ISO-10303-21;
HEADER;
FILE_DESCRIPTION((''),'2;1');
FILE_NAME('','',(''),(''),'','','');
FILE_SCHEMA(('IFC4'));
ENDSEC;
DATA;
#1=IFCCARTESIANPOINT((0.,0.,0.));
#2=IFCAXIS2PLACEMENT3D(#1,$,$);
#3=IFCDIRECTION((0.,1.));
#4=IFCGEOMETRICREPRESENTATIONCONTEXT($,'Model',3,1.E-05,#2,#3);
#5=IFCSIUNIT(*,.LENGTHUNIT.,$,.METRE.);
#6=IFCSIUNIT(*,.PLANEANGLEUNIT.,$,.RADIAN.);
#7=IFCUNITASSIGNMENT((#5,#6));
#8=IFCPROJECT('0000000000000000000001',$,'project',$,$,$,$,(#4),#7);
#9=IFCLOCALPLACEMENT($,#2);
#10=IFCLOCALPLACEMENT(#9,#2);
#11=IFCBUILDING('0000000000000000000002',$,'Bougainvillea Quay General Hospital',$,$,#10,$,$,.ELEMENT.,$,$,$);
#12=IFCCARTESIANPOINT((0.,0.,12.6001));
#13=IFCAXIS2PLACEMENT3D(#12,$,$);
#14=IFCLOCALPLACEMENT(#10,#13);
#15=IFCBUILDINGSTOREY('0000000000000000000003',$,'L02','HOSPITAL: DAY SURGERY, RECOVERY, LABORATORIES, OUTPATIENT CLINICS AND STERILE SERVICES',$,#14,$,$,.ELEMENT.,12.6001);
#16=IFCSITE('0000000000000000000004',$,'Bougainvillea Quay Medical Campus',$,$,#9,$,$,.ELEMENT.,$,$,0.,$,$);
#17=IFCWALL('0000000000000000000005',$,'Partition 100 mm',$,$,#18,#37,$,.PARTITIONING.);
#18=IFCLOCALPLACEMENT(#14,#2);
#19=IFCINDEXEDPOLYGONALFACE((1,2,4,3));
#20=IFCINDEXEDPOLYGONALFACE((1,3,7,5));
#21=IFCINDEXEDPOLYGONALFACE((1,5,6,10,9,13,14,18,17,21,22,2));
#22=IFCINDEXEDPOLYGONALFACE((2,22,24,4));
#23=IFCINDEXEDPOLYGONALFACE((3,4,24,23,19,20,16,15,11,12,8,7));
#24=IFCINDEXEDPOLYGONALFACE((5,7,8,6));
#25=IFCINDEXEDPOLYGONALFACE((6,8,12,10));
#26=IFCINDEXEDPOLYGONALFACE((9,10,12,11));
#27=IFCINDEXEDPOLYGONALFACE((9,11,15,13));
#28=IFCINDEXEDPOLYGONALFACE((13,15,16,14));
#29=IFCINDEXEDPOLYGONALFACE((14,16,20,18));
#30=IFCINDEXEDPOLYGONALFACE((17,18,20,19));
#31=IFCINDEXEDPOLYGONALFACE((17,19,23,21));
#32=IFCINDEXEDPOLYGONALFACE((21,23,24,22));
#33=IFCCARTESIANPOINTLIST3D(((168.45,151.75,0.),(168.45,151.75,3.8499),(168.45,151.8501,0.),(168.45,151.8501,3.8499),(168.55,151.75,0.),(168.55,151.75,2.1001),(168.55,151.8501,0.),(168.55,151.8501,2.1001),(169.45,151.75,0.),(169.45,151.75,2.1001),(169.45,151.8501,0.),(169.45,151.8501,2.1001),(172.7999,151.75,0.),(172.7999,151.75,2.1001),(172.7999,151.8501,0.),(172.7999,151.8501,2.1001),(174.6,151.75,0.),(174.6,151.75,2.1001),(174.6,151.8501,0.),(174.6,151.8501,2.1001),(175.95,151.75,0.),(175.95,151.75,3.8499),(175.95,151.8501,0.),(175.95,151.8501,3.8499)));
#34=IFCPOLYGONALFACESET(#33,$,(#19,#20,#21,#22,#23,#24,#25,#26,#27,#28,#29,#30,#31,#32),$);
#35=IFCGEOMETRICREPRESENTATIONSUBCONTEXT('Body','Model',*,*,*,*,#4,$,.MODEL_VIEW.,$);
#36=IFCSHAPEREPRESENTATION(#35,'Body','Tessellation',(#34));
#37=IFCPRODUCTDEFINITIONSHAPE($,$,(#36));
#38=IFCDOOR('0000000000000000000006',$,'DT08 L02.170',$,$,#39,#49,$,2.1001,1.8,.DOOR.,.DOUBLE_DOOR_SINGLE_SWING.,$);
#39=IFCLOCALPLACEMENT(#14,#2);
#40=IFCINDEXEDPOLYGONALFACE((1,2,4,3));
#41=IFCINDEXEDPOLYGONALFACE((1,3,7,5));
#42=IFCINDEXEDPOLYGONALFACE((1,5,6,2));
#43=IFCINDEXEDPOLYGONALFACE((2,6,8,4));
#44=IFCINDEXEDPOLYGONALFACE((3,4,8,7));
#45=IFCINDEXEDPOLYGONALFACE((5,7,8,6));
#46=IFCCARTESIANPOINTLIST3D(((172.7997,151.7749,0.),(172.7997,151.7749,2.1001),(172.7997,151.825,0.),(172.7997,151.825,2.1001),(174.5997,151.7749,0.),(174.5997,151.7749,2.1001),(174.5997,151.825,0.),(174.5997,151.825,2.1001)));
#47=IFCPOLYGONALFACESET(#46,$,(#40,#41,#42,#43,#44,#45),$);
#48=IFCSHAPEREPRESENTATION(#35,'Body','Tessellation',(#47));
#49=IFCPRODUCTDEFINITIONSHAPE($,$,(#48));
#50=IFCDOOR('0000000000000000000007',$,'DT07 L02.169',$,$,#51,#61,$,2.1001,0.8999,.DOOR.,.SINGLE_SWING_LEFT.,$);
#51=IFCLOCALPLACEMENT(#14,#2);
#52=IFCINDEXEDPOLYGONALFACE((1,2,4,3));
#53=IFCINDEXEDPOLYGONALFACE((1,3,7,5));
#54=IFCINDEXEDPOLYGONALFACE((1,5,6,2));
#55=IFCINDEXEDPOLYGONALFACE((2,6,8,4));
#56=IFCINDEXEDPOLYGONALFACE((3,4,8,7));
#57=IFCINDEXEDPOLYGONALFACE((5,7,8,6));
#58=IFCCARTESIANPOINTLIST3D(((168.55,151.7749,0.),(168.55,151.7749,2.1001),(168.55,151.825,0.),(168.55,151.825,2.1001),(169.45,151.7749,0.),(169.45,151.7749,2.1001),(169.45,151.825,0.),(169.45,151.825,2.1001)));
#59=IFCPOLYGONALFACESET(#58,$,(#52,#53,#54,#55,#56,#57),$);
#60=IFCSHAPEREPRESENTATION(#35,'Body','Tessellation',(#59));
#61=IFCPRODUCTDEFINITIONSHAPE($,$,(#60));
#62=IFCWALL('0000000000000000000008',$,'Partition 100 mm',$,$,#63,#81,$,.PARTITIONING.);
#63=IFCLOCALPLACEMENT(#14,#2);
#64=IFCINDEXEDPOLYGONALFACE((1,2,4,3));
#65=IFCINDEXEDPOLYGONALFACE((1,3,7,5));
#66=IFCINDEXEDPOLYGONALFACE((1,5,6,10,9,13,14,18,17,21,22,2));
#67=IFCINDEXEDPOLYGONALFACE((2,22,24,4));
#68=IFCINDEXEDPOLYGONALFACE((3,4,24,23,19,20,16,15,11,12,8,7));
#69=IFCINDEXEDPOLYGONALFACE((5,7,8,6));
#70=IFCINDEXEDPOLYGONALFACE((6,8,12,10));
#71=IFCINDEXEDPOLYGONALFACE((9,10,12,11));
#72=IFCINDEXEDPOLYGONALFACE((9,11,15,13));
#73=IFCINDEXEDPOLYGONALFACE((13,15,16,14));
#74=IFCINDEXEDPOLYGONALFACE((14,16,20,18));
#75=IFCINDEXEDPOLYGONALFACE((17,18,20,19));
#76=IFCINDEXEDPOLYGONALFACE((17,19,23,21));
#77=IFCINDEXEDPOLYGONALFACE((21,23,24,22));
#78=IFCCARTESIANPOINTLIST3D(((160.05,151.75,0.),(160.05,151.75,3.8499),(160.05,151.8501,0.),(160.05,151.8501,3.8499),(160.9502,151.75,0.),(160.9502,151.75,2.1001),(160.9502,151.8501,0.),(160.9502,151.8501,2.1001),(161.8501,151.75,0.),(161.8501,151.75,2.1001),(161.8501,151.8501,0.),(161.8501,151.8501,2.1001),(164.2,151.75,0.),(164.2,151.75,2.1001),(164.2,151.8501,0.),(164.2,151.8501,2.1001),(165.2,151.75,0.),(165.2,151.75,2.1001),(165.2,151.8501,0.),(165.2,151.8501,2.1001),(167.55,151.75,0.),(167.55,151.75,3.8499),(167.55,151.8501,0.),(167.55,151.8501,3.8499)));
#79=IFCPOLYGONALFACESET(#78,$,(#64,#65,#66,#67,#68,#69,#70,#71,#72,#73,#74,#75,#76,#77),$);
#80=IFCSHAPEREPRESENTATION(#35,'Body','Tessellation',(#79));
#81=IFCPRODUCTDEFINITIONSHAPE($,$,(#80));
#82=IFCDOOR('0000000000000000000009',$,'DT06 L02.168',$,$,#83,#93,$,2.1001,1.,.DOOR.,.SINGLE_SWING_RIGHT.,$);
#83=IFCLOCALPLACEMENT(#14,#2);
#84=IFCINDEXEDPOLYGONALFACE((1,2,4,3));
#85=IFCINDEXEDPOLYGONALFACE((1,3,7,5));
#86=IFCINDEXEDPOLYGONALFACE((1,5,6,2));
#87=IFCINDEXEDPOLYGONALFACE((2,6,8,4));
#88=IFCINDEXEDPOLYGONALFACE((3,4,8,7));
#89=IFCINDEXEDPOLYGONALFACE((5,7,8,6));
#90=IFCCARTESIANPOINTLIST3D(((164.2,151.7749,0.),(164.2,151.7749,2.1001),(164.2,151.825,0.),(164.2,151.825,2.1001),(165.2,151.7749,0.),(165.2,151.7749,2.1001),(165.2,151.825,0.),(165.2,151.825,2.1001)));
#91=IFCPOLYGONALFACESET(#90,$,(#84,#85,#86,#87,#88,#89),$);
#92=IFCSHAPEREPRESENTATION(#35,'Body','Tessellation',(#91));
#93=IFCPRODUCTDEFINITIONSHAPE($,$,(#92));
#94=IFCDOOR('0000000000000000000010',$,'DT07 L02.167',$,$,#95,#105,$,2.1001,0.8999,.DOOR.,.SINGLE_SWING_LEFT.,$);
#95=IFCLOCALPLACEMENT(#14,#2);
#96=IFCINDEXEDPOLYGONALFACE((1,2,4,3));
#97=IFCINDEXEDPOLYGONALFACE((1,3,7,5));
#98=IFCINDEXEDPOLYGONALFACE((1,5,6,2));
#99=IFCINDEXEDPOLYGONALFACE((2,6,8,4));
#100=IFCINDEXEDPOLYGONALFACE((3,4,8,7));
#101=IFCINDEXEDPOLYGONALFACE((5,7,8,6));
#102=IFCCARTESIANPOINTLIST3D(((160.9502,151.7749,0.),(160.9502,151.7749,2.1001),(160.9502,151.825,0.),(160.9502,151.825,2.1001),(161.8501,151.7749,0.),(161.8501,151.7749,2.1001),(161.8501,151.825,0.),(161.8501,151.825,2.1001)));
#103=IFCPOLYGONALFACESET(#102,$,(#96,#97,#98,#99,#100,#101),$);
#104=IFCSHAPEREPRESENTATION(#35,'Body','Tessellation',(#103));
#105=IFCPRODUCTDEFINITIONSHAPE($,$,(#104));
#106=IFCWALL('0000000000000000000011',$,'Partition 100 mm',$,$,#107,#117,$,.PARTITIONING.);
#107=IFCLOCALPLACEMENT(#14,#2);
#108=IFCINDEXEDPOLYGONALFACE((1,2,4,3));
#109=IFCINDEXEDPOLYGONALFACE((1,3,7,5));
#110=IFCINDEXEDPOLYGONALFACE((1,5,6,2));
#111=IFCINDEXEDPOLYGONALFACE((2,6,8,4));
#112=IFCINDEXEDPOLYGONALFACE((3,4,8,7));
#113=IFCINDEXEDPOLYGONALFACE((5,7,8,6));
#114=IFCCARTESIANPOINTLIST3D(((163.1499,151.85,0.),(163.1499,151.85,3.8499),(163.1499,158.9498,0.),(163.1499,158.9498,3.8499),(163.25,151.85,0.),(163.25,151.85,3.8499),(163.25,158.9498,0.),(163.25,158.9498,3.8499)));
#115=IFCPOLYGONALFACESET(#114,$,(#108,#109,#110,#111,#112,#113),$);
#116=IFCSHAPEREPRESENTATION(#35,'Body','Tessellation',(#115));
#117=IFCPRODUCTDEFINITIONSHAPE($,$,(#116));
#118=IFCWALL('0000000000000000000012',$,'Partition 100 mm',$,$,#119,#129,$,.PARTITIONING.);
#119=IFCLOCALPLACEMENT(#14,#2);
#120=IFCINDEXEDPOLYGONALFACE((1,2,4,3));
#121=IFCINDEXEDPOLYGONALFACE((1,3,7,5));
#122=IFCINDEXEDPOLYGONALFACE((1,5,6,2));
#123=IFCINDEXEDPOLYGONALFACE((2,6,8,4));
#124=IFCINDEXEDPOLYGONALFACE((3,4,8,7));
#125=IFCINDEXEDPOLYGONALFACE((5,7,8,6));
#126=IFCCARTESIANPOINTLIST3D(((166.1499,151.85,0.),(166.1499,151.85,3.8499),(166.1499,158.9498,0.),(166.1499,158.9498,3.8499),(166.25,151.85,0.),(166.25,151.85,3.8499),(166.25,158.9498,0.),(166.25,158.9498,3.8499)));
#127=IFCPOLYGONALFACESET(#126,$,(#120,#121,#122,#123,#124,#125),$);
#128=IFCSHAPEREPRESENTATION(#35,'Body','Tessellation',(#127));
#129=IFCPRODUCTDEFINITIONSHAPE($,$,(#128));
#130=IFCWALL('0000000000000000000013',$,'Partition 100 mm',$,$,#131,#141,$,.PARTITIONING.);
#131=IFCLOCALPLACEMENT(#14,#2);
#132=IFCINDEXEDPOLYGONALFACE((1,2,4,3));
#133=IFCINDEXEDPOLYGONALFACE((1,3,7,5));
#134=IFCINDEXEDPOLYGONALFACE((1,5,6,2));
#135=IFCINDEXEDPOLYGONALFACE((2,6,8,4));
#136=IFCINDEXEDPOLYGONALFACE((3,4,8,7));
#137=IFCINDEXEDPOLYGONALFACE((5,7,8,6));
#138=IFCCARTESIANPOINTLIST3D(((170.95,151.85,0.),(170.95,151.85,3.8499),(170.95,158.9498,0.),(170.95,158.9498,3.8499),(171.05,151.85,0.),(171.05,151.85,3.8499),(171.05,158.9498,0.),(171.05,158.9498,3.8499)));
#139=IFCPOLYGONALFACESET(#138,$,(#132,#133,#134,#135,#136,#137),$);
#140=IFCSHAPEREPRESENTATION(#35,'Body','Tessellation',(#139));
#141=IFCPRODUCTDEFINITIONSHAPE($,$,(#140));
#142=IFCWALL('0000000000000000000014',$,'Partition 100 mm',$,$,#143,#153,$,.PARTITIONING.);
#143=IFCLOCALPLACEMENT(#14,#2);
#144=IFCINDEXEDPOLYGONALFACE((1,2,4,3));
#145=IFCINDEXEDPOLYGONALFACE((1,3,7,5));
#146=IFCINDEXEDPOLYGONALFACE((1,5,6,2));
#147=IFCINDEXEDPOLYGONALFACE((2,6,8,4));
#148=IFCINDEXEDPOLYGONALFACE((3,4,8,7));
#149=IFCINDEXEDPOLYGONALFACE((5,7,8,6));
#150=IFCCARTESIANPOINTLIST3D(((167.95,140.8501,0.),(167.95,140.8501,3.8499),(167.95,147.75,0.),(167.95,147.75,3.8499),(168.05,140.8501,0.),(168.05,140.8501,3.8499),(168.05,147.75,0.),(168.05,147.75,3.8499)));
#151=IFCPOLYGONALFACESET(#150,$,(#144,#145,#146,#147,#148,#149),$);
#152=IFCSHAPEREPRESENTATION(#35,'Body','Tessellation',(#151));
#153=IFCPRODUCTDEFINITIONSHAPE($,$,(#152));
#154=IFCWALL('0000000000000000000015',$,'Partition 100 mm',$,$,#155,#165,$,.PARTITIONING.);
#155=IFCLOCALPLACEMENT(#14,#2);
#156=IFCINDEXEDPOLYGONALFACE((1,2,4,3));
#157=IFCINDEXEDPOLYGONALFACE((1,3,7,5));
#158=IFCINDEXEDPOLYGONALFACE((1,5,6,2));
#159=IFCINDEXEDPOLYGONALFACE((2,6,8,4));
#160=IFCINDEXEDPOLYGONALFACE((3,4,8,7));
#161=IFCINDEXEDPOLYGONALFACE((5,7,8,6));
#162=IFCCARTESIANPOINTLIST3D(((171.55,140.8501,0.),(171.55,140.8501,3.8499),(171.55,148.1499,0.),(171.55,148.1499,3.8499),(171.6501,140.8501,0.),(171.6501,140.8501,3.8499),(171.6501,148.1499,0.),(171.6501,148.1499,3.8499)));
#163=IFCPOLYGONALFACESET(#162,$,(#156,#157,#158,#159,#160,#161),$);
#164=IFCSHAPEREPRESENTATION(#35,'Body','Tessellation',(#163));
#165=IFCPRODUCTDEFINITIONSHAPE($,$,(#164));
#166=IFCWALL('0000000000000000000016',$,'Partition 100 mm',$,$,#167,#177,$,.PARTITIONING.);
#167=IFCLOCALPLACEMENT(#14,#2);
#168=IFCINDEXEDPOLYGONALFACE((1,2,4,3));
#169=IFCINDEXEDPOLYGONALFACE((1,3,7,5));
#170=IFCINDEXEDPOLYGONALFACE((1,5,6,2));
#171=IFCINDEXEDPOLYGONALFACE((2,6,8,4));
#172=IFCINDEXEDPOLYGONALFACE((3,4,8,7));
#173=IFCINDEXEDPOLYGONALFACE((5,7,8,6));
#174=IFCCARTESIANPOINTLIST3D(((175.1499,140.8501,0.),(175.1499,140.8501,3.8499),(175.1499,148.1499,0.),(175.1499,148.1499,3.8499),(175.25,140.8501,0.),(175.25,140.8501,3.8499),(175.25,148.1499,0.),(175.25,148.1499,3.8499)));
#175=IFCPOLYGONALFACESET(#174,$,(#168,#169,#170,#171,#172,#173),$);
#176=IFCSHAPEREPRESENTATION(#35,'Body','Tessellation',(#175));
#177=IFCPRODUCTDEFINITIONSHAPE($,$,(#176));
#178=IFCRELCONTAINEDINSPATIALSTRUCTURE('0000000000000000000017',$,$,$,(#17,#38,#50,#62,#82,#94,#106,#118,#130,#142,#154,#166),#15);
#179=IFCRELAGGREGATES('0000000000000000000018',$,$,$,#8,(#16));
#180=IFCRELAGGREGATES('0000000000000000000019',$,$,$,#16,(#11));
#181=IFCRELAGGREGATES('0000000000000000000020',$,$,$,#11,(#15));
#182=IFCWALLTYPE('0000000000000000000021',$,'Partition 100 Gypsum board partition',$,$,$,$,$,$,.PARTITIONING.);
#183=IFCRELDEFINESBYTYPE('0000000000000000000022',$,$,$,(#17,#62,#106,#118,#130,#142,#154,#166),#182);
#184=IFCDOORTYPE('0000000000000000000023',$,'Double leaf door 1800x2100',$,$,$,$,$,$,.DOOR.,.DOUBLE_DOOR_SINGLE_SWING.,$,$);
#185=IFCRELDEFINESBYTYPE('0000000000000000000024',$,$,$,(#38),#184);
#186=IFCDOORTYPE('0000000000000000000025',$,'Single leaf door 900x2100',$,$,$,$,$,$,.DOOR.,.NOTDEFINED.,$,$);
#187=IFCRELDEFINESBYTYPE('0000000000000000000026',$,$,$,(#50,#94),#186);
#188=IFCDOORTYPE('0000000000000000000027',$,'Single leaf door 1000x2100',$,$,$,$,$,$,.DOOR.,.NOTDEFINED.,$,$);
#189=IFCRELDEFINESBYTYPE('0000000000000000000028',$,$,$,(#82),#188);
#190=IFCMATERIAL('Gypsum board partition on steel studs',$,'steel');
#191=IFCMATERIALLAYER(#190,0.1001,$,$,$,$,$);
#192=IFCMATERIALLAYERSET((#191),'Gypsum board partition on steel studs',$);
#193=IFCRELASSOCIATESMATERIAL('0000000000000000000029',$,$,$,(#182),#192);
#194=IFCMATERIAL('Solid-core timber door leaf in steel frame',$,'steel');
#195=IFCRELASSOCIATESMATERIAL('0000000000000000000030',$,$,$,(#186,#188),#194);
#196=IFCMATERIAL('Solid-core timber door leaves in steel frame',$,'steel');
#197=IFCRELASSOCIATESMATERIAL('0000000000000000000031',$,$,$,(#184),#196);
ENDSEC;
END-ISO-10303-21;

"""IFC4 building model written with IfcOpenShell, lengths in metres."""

from ifc_helpers import new_model, si_unit, direction, frame, frame_2d, origin, place, context, subcontext, project, spatial, rectangle, extrude, material, layer, layer_set, type_object, element, fill, save


model = new_model("IFC4")

# Units and contexts
model_context = context("Model", 3, precision=1e-05, world=origin(), true_north=direction((0.0, 1.0)))
body_context = subcontext(model_context, "Body", "Model", "MODEL_VIEW")
ifc_project = project(units=[si_unit("LENGTHUNIT", "METRE"), si_unit("PLANEANGLEUNIT", "RADIAN")], contexts=[model_context])

# Site, building, storey
site_placement = place(None, origin())
site = spatial("IfcSite", under=ifc_project, at=site_placement, Name="Bougainvillea Quay Medical Campus", CompositionType="ELEMENT", RefElevation=0.0)
building_placement = place(site_placement, origin())
building = spatial("IfcBuilding", under=site, at=building_placement, Name="Bougainvillea Quay General Hospital", CompositionType="ELEMENT")
storey_placement = place(building_placement, frame((0.0, 0.0, 12.6001)))
storey = spatial("IfcBuildingStorey", under=building, at=storey_placement, Name="L02", Description="HOSPITAL: DAY SURGERY, RECOVERY, LABORATORIES, OUTPATIENT CLINICS AND STERILE SERVICES", CompositionType="ELEMENT", Elevation=12.6001)

# Shared definitions
ifc_material_1 = material(Name="Gypsum board partition on steel studs", Category="steel")
ifc_layer_1 = layer(ifc_material_1, 0.1001)
ifc_layer_set_1 = layer_set([ifc_layer_1], Name="Gypsum board partition on steel studs")
wall_type_1 = type_object("IfcWallType", Name="Partition 100 Gypsum board partition", PredefinedType="PARTITIONING", material=ifc_layer_set_1)
ifc_material_2 = material(Name="Solid-core timber door leaf in steel frame", Category="steel")
door_type_1 = type_object("IfcDoorType", Name="Single leaf door 900x2100", OperationType="NOTDEFINED", PredefinedType="DOOR", material=ifc_material_2)

# Shared definitions
ifc_material_3 = material(Name="Solid-core timber door leaves in steel frame", Category="steel")
door_type_2 = type_object("IfcDoorType", Name="Double leaf door 1800x2100", OperationType="DOUBLE_DOOR_SINGLE_SWING", PredefinedType="DOOR", material=ifc_material_3)

# Walls, openings, doors
wall_1_placement = place(storey_placement, frame((175.95, 151.8, 0.0), z_axis=(0.0, 0.0, 1.0), x_axis=(-1.0, 0.0, 0.0)))
wall_1 = element("IfcWall", 1, at=wall_1_placement, inside=storey, type_object=wall_type_1, Name="Partition 100 mm", PredefinedType="PARTITIONING", context=body_context, shape_type="SweptSolid", body=[
    extrude(rectangle(XDim=7.5, YDim=0.1001, at=frame_2d((3.75, 0.0))), origin(), (0.0, 0.0, 1.0), 3.8499),
])
opening_1_placement = place(wall_1_placement, frame((6.5, 0.0, 0.0)))
opening_1 = element("IfcOpeningElement", 2, at=opening_1_placement, cuts=wall_1, PredefinedType="OPENING", context=body_context, shape_type="SweptSolid", body=[
    extrude(rectangle(XDim=0.8999, YDim=2.1001, at=frame_2d((0.45, 1.05))), frame((0.0, 0.0601, 0.0), z_axis=(0.0, -1.0, 0.0), x_axis=(1.0, 0.0, 0.0)), (0.0, 0.0, 1.0), 0.1201),
])
opening_2_placement = place(wall_1_placement, frame((1.3501, 0.0, 0.0)))
opening_2 = element("IfcOpeningElement", 3, at=opening_2_placement, cuts=wall_1, PredefinedType="OPENING", context=body_context, shape_type="SweptSolid", body=[
    extrude(rectangle(XDim=1.8, YDim=2.1001, at=frame_2d((0.8999, 1.05))), frame((0.0, 0.0601, 0.0), z_axis=(0.0, -1.0, 0.0), x_axis=(1.0, 0.0, 0.0)), (0.0, 0.0, 1.0), 0.1201),
])
door_1_placement = place(opening_2_placement, frame((1.8, 0.0, 0.0), z_axis=(0.0, 0.0, 1.0), x_axis=(-1.0, 0.0, 0.0)))
door_1 = element("IfcDoor", 4, at=door_1_placement, inside=storey, type_object=door_type_2, Name="DT08 L02.170", OperationType="DOUBLE_DOOR_SINGLE_SWING", OverallHeight=2.1001, OverallWidth=1.8, PredefinedType="DOOR", context=body_context, shape_type="SweptSolid", body=[
    extrude(rectangle(XDim=1.8, YDim=2.1001, at=frame_2d((0.8999, 1.05))), frame((0.0, 0.0249, 0.0), z_axis=(0.0, -1.0, 0.0), x_axis=(1.0, 0.0, 0.0)), (0.0, 0.0, 1.0), 0.05),
])
fill(opening_2, door_1)
door_2_placement = place(opening_1_placement, frame((0.8999, 0.0, 0.0), z_axis=(0.0, 0.0, 1.0), x_axis=(-1.0, 0.0, 0.0)))
door_2 = element("IfcDoor", 5, at=door_2_placement, inside=storey, type_object=door_type_1, Name="DT07 L02.169", OperationType="SINGLE_SWING_LEFT", OverallHeight=2.1001, OverallWidth=0.8999, PredefinedType="DOOR", context=body_context, shape_type="SweptSolid", body=[
    extrude(rectangle(XDim=0.8999, YDim=2.1001, at=frame_2d((0.45, 1.05))), frame((0.0, 0.0249, 0.0), z_axis=(0.0, -1.0, 0.0), x_axis=(1.0, 0.0, 0.0)), (0.0, 0.0, 1.0), 0.05),
])
fill(opening_1, door_2)
wall_2_placement = place(storey_placement, frame((167.55, 151.8, 0.0), z_axis=(0.0, 0.0, 1.0), x_axis=(-1.0, 0.0, 0.0)))
wall_2 = element("IfcWall", 6, at=wall_2_placement, inside=storey, type_object=wall_type_1, Name="Partition 100 mm", PredefinedType="PARTITIONING", context=body_context, shape_type="SweptSolid", body=[
    extrude(rectangle(XDim=7.5, YDim=0.1001, at=frame_2d((3.75, 0.0))), origin(), (0.0, 0.0, 1.0), 3.8499),
])
opening_3_placement = place(wall_2_placement, frame((5.7, 0.0, 0.0)))
opening_3 = element("IfcOpeningElement", 7, at=opening_3_placement, cuts=wall_2, PredefinedType="OPENING", context=body_context, shape_type="SweptSolid", body=[
    extrude(rectangle(XDim=0.8999, YDim=2.1001, at=frame_2d((0.45, 1.05))), frame((0.0, 0.0601, 0.0), z_axis=(0.0, -1.0, 0.0), x_axis=(1.0, 0.0, 0.0)), (0.0, 0.0, 1.0), 0.1201),
])
opening_4_placement = place(wall_2_placement, frame((2.3501, 0.0, 0.0)))
opening_4 = element("IfcOpeningElement", 8, at=opening_4_placement, cuts=wall_2, PredefinedType="OPENING", context=body_context, shape_type="SweptSolid", body=[
    extrude(rectangle(XDim=1.0, YDim=2.1001, at=frame_2d((0.5, 1.05))), frame((0.0, 0.0601, 0.0), z_axis=(0.0, -1.0, 0.0), x_axis=(1.0, 0.0, 0.0)), (0.0, 0.0, 1.0), 0.1201),
])
door_type_3 = type_object("IfcDoorType", Name="Single leaf door 1000x2100", OperationType="NOTDEFINED", PredefinedType="DOOR", material=ifc_material_2)
door_3_placement = place(opening_4_placement, frame((1.0, 0.0, 0.0), z_axis=(0.0, 0.0, 1.0), x_axis=(-1.0, 0.0, 0.0)))
door_3 = element("IfcDoor", 9, at=door_3_placement, inside=storey, type_object=door_type_3, Name="DT06 L02.168", OperationType="SINGLE_SWING_RIGHT", OverallHeight=2.1001, OverallWidth=1.0, PredefinedType="DOOR", context=body_context, shape_type="SweptSolid", body=[
    extrude(rectangle(XDim=1.0, YDim=2.1001, at=frame_2d((0.5, 1.05))), frame((0.0, 0.0249, 0.0), z_axis=(0.0, -1.0, 0.0), x_axis=(1.0, 0.0, 0.0)), (0.0, 0.0, 1.0), 0.05),
])
fill(opening_4, door_3)
door_4_placement = place(opening_3_placement, frame((0.8999, 0.0, 0.0), z_axis=(0.0, 0.0, 1.0), x_axis=(-1.0, 0.0, 0.0)))
door_4 = element("IfcDoor", 10, at=door_4_placement, inside=storey, type_object=door_type_1, Name="DT07 L02.167", OperationType="SINGLE_SWING_LEFT", OverallHeight=2.1001, OverallWidth=0.8999, PredefinedType="DOOR", context=body_context, shape_type="SweptSolid", body=[
    extrude(rectangle(XDim=0.8999, YDim=2.1001, at=frame_2d((0.45, 1.05))), frame((0.0, 0.0249, 0.0), z_axis=(0.0, -1.0, 0.0), x_axis=(1.0, 0.0, 0.0)), (0.0, 0.0, 1.0), 0.05),
])
fill(opening_3, door_4)

# Walls
for number, where, z_axis, x_axis, name in (
    (11, (163.2, 151.8501, 0.0), (0.0, 0.0, 1.0), (0.0, 1.0, 0.0), "Partition 100 mm"),
    (12, (166.2, 151.8501, 0.0), (0.0, 0.0, 1.0), (0.0, 1.0, 0.0), "Partition 100 mm"),
    (13, (171.0, 151.8501, 0.0), (0.0, 0.0, 1.0), (0.0, 1.0, 0.0), "Partition 100 mm"),
):
    element("IfcWall", number, at=place(storey_placement, frame(where, z_axis=z_axis, x_axis=x_axis)), inside=storey, type_object=wall_type_1, Name=name, PredefinedType="PARTITIONING", context=body_context, shape_type="SweptSolid", body=[
        extrude(rectangle(XDim=7.0999, YDim=0.1001, at=frame_2d((3.5498, 0.0))), origin(), (0.0, 0.0, 1.0), 3.8499),
    ])
wall_3_placement = place(storey_placement, frame((168.0, 140.8501, 0.0), z_axis=(0.0, 0.0, 1.0), x_axis=(0.0, 1.0, 0.0)))
element("IfcWall", 14, at=wall_3_placement, inside=storey, type_object=wall_type_1, Name="Partition 100 mm", PredefinedType="PARTITIONING", context=body_context, shape_type="SweptSolid", body=[
    extrude(rectangle(XDim=6.8999, YDim=0.1001, at=frame_2d((3.45, 0.0))), origin(), (0.0, 0.0, 1.0), 3.8499),
])
for number, where, z_axis, x_axis, name in (
    (15, (171.6001, 140.8501, 0.0), (0.0, 0.0, 1.0), (0.0, 1.0, 0.0), "Partition 100 mm"),
    (16, (175.2, 140.8501, 0.0), (0.0, 0.0, 1.0), (0.0, 1.0, 0.0), "Partition 100 mm"),
):
    element("IfcWall", number, at=place(storey_placement, frame(where, z_axis=z_axis, x_axis=x_axis)), inside=storey, type_object=wall_type_1, Name=name, PredefinedType="PARTITIONING", context=body_context, shape_type="SweptSolid", body=[
        extrude(rectangle(XDim=7.2998, YDim=0.1001, at=frame_2d((3.6499, 0.0))), origin(), (0.0, 0.0, 1.0), 3.8499),
    ])

save(model, "model.ifc")
